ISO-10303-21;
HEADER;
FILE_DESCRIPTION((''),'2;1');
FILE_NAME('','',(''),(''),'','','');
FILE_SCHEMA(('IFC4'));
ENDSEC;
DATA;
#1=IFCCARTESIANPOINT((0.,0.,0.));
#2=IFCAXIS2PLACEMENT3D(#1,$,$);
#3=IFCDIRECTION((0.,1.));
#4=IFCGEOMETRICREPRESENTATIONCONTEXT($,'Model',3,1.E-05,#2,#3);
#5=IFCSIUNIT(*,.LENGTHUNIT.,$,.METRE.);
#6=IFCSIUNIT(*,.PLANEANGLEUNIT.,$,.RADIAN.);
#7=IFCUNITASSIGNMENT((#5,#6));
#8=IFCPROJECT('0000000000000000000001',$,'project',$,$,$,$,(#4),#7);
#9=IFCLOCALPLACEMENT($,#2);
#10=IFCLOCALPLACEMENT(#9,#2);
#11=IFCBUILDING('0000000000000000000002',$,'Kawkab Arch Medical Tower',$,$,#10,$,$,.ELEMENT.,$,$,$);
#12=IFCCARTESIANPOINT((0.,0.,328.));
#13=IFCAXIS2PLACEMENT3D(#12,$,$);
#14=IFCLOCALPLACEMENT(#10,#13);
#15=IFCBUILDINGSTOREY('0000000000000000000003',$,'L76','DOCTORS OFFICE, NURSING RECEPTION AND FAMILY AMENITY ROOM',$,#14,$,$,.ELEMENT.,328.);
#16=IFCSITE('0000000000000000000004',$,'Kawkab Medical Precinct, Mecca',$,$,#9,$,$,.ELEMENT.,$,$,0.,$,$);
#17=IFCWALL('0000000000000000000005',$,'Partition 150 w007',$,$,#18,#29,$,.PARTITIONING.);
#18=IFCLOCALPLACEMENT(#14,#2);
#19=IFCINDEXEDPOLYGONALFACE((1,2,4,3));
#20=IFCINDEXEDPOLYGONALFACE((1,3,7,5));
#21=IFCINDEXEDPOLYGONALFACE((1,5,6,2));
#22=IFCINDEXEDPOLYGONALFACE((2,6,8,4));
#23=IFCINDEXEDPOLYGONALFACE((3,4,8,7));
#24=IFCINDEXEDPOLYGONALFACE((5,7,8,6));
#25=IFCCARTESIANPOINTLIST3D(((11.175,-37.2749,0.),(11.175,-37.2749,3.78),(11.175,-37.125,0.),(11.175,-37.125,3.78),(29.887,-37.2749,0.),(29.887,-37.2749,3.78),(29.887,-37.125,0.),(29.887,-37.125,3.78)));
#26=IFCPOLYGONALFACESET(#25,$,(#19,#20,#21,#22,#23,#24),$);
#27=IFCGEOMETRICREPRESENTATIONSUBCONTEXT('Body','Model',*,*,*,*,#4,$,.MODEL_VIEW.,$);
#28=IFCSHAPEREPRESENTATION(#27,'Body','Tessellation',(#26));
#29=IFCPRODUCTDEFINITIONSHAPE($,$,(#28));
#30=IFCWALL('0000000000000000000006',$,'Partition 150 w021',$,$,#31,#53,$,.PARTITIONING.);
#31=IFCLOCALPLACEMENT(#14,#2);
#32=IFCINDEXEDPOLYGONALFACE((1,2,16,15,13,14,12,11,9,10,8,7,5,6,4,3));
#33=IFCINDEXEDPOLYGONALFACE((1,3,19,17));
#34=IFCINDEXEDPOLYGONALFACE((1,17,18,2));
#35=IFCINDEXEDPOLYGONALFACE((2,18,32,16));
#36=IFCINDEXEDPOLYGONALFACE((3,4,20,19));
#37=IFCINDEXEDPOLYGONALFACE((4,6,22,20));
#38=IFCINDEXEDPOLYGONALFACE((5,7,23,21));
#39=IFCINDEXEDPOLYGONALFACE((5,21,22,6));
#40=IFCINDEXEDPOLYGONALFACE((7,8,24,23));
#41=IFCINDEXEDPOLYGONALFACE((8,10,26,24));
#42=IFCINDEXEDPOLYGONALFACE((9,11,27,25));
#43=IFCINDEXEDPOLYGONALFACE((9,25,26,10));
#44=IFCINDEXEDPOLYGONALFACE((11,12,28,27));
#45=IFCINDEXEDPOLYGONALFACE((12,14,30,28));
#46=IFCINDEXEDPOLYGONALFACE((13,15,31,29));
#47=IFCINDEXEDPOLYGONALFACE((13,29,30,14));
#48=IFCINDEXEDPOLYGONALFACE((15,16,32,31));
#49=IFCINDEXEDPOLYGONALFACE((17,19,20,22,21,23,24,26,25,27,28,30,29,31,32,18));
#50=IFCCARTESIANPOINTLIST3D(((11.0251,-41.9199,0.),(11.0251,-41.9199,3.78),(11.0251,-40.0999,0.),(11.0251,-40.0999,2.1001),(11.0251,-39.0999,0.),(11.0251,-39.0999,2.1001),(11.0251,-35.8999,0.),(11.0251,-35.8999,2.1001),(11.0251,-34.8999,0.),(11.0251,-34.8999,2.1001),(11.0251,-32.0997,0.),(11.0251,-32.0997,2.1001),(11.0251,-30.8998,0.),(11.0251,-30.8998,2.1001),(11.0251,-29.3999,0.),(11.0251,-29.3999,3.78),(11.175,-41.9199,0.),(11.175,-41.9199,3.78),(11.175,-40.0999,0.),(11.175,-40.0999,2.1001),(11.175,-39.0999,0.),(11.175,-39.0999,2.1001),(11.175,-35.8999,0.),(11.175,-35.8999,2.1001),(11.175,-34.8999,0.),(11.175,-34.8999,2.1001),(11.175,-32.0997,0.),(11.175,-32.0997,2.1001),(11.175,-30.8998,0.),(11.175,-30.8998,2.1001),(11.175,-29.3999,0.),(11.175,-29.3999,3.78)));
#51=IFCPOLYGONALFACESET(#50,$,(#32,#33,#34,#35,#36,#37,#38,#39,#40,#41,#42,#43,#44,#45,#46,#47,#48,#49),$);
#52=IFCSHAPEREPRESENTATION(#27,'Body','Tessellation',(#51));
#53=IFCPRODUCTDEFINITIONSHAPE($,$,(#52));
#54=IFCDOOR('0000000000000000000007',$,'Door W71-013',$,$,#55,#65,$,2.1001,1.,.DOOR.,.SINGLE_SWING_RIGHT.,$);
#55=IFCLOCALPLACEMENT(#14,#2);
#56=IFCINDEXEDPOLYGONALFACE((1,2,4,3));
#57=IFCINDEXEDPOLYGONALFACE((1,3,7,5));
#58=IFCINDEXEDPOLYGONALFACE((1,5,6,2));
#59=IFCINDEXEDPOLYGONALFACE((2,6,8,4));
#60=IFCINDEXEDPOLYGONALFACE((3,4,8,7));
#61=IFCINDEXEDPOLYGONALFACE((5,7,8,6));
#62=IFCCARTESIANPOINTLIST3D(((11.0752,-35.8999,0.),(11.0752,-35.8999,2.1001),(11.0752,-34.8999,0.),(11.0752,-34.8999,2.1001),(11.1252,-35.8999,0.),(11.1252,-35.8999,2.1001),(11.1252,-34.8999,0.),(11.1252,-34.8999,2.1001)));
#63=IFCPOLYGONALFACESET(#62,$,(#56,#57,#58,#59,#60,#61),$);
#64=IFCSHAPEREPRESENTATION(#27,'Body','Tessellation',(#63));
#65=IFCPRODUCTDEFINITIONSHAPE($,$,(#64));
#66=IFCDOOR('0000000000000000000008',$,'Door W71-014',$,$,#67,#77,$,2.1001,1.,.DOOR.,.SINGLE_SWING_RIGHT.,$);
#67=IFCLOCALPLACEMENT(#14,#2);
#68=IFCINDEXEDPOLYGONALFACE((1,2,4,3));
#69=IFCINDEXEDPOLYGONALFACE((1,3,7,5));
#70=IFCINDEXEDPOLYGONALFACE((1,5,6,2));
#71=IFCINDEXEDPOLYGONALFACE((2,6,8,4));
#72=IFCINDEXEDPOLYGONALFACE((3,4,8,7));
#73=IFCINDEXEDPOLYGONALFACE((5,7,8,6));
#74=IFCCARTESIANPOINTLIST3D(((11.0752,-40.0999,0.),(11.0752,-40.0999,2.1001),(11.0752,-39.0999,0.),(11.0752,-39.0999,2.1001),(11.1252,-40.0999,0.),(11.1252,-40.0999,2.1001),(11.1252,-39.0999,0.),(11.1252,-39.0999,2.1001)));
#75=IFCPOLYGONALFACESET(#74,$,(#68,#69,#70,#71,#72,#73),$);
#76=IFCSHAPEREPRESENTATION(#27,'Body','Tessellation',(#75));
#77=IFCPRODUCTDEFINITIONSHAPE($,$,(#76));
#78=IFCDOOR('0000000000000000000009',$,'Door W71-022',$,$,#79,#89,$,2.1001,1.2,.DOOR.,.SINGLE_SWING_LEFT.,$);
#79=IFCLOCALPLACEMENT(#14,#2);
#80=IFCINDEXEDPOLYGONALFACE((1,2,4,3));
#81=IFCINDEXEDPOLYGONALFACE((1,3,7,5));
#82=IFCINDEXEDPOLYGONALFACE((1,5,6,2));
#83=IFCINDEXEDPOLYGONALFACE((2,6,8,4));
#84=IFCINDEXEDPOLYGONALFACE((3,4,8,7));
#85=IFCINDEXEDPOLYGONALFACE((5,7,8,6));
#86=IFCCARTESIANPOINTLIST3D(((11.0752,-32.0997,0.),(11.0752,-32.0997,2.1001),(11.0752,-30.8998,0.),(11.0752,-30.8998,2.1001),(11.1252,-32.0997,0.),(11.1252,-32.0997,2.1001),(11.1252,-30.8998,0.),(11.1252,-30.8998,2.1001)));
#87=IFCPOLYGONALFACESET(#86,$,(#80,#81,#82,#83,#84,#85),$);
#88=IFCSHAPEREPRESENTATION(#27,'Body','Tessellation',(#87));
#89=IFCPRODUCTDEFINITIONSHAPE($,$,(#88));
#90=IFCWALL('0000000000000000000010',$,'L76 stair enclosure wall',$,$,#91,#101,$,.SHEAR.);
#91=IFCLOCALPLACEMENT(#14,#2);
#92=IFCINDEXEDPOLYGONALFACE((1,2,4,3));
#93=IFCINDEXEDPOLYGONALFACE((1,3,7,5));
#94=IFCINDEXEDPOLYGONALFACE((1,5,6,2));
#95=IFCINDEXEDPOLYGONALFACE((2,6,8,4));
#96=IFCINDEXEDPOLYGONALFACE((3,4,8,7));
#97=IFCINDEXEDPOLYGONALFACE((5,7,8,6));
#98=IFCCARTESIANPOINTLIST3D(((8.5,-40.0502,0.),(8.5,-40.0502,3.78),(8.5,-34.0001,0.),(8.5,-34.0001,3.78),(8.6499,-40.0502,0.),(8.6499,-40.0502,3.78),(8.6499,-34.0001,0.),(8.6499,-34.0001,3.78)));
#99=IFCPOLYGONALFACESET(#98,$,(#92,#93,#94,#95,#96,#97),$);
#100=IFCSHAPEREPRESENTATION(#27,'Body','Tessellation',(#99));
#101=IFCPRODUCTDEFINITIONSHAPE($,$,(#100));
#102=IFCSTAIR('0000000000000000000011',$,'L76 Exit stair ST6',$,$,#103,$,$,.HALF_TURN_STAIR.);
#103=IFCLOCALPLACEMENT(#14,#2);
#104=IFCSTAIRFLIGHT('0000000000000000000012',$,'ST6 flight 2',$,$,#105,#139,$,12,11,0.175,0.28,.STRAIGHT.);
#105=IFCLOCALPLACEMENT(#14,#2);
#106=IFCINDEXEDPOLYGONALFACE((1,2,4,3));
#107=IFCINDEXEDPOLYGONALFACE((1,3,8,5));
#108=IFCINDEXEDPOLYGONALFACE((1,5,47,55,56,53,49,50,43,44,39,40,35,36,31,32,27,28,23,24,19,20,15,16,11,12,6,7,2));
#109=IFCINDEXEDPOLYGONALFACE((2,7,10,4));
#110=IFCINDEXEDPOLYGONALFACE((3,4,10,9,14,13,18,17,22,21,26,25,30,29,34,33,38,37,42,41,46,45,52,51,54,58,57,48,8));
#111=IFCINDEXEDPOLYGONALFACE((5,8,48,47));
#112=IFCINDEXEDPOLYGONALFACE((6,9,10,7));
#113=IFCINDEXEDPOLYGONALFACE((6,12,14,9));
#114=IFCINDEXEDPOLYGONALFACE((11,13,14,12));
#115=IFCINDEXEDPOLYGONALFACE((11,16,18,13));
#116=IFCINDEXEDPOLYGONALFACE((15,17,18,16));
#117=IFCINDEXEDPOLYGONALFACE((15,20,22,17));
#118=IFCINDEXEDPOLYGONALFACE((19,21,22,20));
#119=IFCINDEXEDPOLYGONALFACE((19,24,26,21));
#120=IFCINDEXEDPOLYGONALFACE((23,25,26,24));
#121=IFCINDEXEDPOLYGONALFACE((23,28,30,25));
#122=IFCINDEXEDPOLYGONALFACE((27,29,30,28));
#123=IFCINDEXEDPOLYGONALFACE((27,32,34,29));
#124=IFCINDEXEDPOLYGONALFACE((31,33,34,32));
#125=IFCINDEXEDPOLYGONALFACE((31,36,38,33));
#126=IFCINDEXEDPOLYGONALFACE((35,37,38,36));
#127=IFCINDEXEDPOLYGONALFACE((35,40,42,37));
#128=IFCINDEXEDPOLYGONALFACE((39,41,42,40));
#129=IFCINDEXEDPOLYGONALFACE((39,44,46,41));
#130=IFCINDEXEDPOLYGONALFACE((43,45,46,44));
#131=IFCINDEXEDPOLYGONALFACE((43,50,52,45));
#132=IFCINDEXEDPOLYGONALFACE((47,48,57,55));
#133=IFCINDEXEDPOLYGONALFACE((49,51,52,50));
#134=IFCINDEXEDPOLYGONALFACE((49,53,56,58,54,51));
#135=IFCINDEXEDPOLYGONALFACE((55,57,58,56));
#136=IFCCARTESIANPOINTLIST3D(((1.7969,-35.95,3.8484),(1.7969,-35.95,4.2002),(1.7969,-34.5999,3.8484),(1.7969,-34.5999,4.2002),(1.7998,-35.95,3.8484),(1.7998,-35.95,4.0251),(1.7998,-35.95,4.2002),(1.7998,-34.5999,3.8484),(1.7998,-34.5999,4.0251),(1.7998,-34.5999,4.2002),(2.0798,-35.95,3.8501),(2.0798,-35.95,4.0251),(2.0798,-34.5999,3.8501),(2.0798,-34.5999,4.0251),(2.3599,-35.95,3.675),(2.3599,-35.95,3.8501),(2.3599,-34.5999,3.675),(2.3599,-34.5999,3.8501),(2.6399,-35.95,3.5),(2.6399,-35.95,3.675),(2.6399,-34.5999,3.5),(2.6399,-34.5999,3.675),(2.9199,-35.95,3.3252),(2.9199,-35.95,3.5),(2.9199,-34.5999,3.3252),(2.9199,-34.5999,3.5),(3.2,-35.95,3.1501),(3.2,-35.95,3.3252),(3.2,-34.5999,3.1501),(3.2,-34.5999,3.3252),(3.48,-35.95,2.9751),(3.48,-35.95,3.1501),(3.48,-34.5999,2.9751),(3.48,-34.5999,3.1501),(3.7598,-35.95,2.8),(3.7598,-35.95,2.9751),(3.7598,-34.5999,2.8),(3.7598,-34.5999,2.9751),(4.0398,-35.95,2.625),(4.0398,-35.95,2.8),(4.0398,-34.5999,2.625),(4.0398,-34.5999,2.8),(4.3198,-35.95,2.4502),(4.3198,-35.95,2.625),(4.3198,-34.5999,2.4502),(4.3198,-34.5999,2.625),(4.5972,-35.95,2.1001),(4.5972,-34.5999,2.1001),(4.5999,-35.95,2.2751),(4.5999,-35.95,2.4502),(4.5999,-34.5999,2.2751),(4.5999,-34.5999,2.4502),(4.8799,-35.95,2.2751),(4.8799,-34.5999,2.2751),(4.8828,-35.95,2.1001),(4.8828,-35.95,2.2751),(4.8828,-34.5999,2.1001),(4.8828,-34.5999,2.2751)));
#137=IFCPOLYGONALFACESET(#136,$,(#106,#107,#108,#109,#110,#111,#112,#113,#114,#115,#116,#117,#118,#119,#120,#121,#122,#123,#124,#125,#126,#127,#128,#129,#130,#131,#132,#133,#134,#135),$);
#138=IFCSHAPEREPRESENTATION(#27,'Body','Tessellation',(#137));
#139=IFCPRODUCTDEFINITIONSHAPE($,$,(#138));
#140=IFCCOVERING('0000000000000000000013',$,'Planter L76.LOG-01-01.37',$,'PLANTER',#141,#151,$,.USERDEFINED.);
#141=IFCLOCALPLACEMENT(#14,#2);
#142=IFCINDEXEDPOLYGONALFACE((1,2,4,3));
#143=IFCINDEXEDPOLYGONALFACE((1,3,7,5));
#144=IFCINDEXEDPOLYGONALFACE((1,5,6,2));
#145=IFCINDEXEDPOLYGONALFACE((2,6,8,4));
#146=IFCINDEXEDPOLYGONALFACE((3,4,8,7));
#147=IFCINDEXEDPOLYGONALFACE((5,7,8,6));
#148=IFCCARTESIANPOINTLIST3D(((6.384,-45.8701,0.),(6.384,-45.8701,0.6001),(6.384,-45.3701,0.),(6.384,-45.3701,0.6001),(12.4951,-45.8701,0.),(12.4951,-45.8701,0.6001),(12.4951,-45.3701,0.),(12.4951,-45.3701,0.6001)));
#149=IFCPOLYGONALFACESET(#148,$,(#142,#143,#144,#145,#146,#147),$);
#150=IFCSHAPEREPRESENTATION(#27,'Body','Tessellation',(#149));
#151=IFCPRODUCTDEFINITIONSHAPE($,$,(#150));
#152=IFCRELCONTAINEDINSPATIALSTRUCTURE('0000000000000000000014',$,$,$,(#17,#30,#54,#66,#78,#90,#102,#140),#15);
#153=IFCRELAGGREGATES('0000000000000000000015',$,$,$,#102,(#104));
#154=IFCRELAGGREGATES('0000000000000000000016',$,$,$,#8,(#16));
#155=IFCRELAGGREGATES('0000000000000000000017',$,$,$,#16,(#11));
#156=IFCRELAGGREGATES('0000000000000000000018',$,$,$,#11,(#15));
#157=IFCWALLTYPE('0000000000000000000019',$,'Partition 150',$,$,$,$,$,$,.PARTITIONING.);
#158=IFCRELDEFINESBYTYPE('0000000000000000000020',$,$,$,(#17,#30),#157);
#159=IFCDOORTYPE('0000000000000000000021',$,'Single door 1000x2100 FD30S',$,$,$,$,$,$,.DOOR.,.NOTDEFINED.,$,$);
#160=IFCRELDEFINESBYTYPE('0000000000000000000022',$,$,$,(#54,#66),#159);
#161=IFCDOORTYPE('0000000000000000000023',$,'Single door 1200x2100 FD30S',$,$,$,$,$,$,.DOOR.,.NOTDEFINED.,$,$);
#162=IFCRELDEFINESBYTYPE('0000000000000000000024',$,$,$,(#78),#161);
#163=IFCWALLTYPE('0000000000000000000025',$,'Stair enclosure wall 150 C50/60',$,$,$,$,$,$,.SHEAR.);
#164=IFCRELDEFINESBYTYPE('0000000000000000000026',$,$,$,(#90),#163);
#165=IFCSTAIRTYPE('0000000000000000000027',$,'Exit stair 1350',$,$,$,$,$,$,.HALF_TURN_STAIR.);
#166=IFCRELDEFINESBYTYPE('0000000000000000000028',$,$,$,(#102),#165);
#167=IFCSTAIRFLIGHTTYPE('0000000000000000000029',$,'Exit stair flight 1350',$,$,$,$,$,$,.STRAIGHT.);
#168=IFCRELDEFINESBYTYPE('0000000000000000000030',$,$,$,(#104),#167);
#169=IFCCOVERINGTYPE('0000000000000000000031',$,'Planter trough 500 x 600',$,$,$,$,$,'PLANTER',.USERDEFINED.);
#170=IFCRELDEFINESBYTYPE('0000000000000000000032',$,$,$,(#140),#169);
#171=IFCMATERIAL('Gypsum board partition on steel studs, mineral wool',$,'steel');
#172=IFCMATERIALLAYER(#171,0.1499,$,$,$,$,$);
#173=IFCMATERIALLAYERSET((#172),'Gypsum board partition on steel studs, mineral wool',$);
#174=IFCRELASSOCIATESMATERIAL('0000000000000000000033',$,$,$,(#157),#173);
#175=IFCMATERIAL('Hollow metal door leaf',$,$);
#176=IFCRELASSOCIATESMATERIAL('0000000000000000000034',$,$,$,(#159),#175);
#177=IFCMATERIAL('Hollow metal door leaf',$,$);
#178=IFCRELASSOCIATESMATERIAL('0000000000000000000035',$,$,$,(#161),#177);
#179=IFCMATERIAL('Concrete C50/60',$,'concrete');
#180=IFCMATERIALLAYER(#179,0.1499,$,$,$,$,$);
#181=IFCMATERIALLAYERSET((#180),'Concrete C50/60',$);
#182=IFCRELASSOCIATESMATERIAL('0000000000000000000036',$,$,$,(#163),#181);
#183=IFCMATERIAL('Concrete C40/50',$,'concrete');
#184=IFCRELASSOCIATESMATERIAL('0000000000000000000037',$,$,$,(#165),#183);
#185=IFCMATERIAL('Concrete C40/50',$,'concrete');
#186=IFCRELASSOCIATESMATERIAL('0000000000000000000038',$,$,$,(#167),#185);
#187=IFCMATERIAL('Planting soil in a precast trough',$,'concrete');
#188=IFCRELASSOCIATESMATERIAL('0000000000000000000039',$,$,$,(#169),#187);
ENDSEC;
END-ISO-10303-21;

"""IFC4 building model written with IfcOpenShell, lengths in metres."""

from ifc_helpers import new_model, si_unit, direction, frame, frame_2d, origin, origin_2d, place, context, subcontext, project, spatial, polyline, rectangle, outline, extrude, material, layer, layer_set, material_profile, profile_set, type_object, element, fill, aggregate, save


model = new_model("IFC4")

# Units and contexts
model_context = context("Model", 3, precision=1e-05, world=origin(), true_north=direction((0.0, 1.0)))
body_context = subcontext(model_context, "Body", "Model", "MODEL_VIEW")
ifc_project = project(units=[si_unit("LENGTHUNIT", "METRE"), si_unit("PLANEANGLEUNIT", "RADIAN")], contexts=[model_context])

# Site, building, storey
site_placement = place(None, origin())
site = spatial("IfcSite", under=ifc_project, at=site_placement, Name="Kawkab Medical Precinct, Mecca", CompositionType="ELEMENT", RefElevation=0.0)
building_placement = place(site_placement, origin())
building = spatial("IfcBuilding", under=site, at=building_placement, Name="Kawkab Arch Medical Tower", CompositionType="ELEMENT")
storey_placement = place(building_placement, frame((0.0, 0.0, 328.0)))
storey = spatial("IfcBuildingStorey", under=building, at=storey_placement, Name="L76", Description="DOCTORS OFFICE, NURSING RECEPTION AND FAMILY AMENITY ROOM", CompositionType="ELEMENT", Elevation=328.0)

# Shared definitions
placement = place(storey_placement, origin())

# Wall
ifc_material_1 = material(Name="Gypsum board partition on steel studs, mineral wool", Category="steel")
ifc_layer_1 = layer(ifc_material_1, 0.1499)
ifc_layer_set_1 = layer_set([ifc_layer_1], Name="Gypsum board partition on steel studs, mineral wool")
wall_type_1 = type_object("IfcWallType", Name="Partition 150", PredefinedType="PARTITIONING", material=ifc_layer_set_1)
wall_1_placement = place(storey_placement, frame((11.175, -37.2, 0.0), z_axis=(0.0, 0.0, 1.0), x_axis=(1.0, 0.0, 0.0)))
element("IfcWall", 1, at=wall_1_placement, inside=storey, type_object=wall_type_1, Name="Partition 150 w007", PredefinedType="PARTITIONING", context=body_context, shape_type="SweptSolid", body=[
    extrude(rectangle(XDim=18.7119, YDim=0.1499, at=frame_2d((9.356, 0.0))), origin(), (0.0, 0.0, 1.0), 3.78),
])

# Wall, openings, doors
wall_2_placement = place(storey_placement, frame((11.1001, -41.9199, 0.0), z_axis=(0.0, 0.0, 1.0), x_axis=(0.0, 1.0, 0.0)))
wall_2 = element("IfcWall", 2, at=wall_2_placement, inside=storey, type_object=wall_type_1, Name="Partition 150 w021", PredefinedType="PARTITIONING", context=body_context, shape_type="SweptSolid", body=[
    extrude(rectangle(XDim=12.52, YDim=0.1499, at=frame_2d((6.26, 0.0))), origin(), (0.0, 0.0, 1.0), 3.78),
])
opening_1_placement = place(wall_2_placement, frame((9.8201, 0.0, 0.0)))
opening_1 = element("IfcOpeningElement", 3, at=opening_1_placement, cuts=wall_2, PredefinedType="OPENING", context=body_context, shape_type="SweptSolid", body=[
    extrude(rectangle(XDim=1.2, YDim=2.1001, at=frame_2d((0.6001, 1.05))), frame((0.0, 0.085, 0.0), z_axis=(0.0, -1.0, 0.0), x_axis=(1.0, 0.0, 0.0)), (0.0, 0.0, 1.0), 0.1699),
])
opening_2_placement = place(wall_2_placement, frame((6.02, 0.0, 0.0)))
opening_2 = element("IfcOpeningElement", 4, at=opening_2_placement, cuts=wall_2, PredefinedType="OPENING", context=body_context, shape_type="SweptSolid", body=[
    extrude(rectangle(XDim=1.0, YDim=2.1001, at=frame_2d((0.5, 1.05))), frame((0.0, 0.085, 0.0), z_axis=(0.0, -1.0, 0.0), x_axis=(1.0, 0.0, 0.0)), (0.0, 0.0, 1.0), 0.1699),
])
opening_3_placement = place(wall_2_placement, frame((1.8201, 0.0, 0.0)))
opening_3 = element("IfcOpeningElement", 5, at=opening_3_placement, cuts=wall_2, PredefinedType="OPENING", context=body_context, shape_type="SweptSolid", body=[
    extrude(rectangle(XDim=1.0, YDim=2.1001, at=frame_2d((0.5, 1.05))), frame((0.0, 0.085, 0.0), z_axis=(0.0, -1.0, 0.0), x_axis=(1.0, 0.0, 0.0)), (0.0, 0.0, 1.0), 0.1699),
])
ifc_material_2 = material(Name="Hollow metal door leaf")
door_type_1 = type_object("IfcDoorType", Name="Single door 1000x2100 FD30S", OperationType="NOTDEFINED", PredefinedType="DOOR", material=ifc_material_2)
door_1_placement = place(opening_2_placement, origin())
door_1 = element("IfcDoor", 6, at=door_1_placement, inside=storey, type_object=door_type_1, Name="Door W71-013", OperationType="SINGLE_SWING_RIGHT", OverallHeight=2.1001, OverallWidth=1.0, PredefinedType="DOOR", context=body_context, shape_type="SweptSolid", body=[
    extrude(rectangle(XDim=1.0, YDim=2.1001, at=frame_2d((0.5, 1.05))), frame((0.0, 0.0249, 0.0), z_axis=(0.0, -1.0, 0.0), x_axis=(1.0, 0.0, 0.0)), (0.0, 0.0, 1.0), 0.05),
])
fill(opening_2, door_1)
door_2_placement = place(opening_3_placement, origin())
door_2 = element("IfcDoor", 7, at=door_2_placement, inside=storey, type_object=door_type_1, Name="Door W71-014", OperationType="SINGLE_SWING_RIGHT", OverallHeight=2.1001, OverallWidth=1.0, PredefinedType="DOOR", context=body_context, shape_type="SweptSolid", body=[
    extrude(rectangle(XDim=1.0, YDim=2.1001, at=frame_2d((0.5, 1.05))), frame((0.0, 0.0249, 0.0), z_axis=(0.0, -1.0, 0.0), x_axis=(1.0, 0.0, 0.0)), (0.0, 0.0, 1.0), 0.05),
])
fill(opening_3, door_2)
ifc_material_3 = material(Name="Hollow metal door leaf")
door_type_2 = type_object("IfcDoorType", Name="Single door 1200x2100 FD30S", OperationType="NOTDEFINED", PredefinedType="DOOR", material=ifc_material_3)
door_3_placement = place(opening_1_placement, origin())
door_3 = element("IfcDoor", 8, at=door_3_placement, inside=storey, type_object=door_type_2, Name="Door W71-022", OperationType="SINGLE_SWING_LEFT", OverallHeight=2.1001, OverallWidth=1.2, PredefinedType="DOOR", context=body_context, shape_type="SweptSolid", body=[
    extrude(rectangle(XDim=1.2, YDim=2.1001, at=frame_2d((0.6001, 1.05))), frame((0.0, 0.0249, 0.0), z_axis=(0.0, -1.0, 0.0), x_axis=(1.0, 0.0, 0.0)), (0.0, 0.0, 1.0), 0.05),
])
fill(opening_1, door_3)

# Wall
ifc_material_4 = material(Name="Concrete C50/60", Category="concrete")
ifc_layer_2 = layer(ifc_material_4, 0.1499)
ifc_layer_set_2 = layer_set([ifc_layer_2], Name="Concrete C50/60")
wall_type_2 = type_object("IfcWallType", Name="Stair enclosure wall 150 C50/60", PredefinedType="SHEAR", material=ifc_layer_set_2)
wall_3_placement = place(storey_placement, frame((8.575, -40.05, 0.0), z_axis=(0.0, 0.0, 1.0), x_axis=(0.0, 1.0, 0.0)))
element("IfcWall", 9, at=wall_3_placement, inside=storey, type_object=wall_type_2, Name="L76 stair enclosure wall", PredefinedType="SHEAR", context=body_context, shape_type="SweptSolid", body=[
    extrude(rectangle(XDim=6.05, YDim=0.1499, at=frame_2d((3.0249, 0.0))), origin(), (0.0, 0.0, 1.0), 3.78),
])

# Stair, stair flight
ifc_material_5 = material(Name="Concrete C40/50", Category="concrete")
stair_type = type_object("IfcStairType", Name="Exit stair 1350", PredefinedType="HALF_TURN_STAIR", material=ifc_material_5)
stair = element("IfcStair", 10, at=placement, inside=storey, type_object=stair_type, Name="L76 Exit stair ST6", PredefinedType="HALF_TURN_STAIR")
ifc_material_6 = material(Name="Concrete C40/50", Category="concrete")
stair_flight_type = type_object("IfcStairFlightType", Name="Exit stair flight 1350", PredefinedType="STRAIGHT", material=ifc_material_6)
stair_flight_placement = place(storey_placement, frame((4.8799, -35.2749, 2.1001), z_axis=(0.0, 0.0, 1.0), x_axis=(-1.0, 0.0, 0.0)))
stair_flight = element("IfcStairFlight", 11, at=stair_flight_placement, type_object=stair_flight_type, Name="ST6 flight 2", NumberOfRisers=12, NumberOfTreads=11, PredefinedType="STRAIGHT", RiserHeight=0.175, TreadLength=0.28, context=body_context, shape_type="SweptSolid", body=[
    extrude(outline(polyline([(-0.0029, 0.0), (-0.0029, 0.175), (0.0, 0.175), (0.28, 0.175), (0.28, 0.3501), (0.5601, 0.3501), (0.5601, 0.5249), (0.8401, 0.5249), (0.8401, 0.7), (1.1201, 0.7), (1.1201, 0.875), (1.3999, 0.875), (1.3999, 1.05), (1.6799, 1.05), (1.6799, 1.2251), (1.96, 1.2251), (1.96, 1.3999), (2.24, 1.3999), (2.24, 1.575), (2.52, 1.575), (2.52, 1.75), (2.8, 1.75), (2.8, 1.925), (3.0801, 1.925), (3.0801, 2.1001), (3.083, 2.1001), (3.083, 1.7483), (3.0801, 1.7483), (0.2827, 0.0), (-0.0029, 0.0)])), frame((0.0, 0.675, 0.0), z_axis=(0.0, -1.0, 0.0), x_axis=(1.0, 0.0, 0.0)), (0.0, 0.0, 1.0), 1.3501),
])
aggregate(stair, [stair_flight])

# Covering
ifc_material_7 = material(Name="Planting soil in a precast trough", Category="concrete")
ifc_material_profile_1 = material_profile(ifc_material_7, rectangle(XDim=0.5, YDim=0.6001, at=origin_2d()), Name="Trough 500x600")
ifc_profile_set_1 = profile_set([ifc_material_profile_1], Name="Planting soil in a precast trough")
covering_type = type_object("IfcCoveringType", Name="Planter trough 500 x 600", ElementType="PLANTER", PredefinedType="USERDEFINED", material=ifc_profile_set_1)
covering_placement = place(storey_placement, frame((12.4951, -45.6201, 0.3), z_axis=(-1.0, 0.0, 0.0), x_axis=(0.0, -1.0, 0.0)))
element("IfcCovering", 12, at=covering_placement, inside=storey, type_object=covering_type, Name="Planter L76.LOG-01-01.37", ObjectType="PLANTER", PredefinedType="USERDEFINED", context=body_context, shape_type="SweptSolid", body=[
    extrude(rectangle(XDim=0.5, YDim=0.6001, at=origin_2d()), origin(), (0.0, 0.0, 1.0), 6.1111),
])

save(model, "model.ifc")
